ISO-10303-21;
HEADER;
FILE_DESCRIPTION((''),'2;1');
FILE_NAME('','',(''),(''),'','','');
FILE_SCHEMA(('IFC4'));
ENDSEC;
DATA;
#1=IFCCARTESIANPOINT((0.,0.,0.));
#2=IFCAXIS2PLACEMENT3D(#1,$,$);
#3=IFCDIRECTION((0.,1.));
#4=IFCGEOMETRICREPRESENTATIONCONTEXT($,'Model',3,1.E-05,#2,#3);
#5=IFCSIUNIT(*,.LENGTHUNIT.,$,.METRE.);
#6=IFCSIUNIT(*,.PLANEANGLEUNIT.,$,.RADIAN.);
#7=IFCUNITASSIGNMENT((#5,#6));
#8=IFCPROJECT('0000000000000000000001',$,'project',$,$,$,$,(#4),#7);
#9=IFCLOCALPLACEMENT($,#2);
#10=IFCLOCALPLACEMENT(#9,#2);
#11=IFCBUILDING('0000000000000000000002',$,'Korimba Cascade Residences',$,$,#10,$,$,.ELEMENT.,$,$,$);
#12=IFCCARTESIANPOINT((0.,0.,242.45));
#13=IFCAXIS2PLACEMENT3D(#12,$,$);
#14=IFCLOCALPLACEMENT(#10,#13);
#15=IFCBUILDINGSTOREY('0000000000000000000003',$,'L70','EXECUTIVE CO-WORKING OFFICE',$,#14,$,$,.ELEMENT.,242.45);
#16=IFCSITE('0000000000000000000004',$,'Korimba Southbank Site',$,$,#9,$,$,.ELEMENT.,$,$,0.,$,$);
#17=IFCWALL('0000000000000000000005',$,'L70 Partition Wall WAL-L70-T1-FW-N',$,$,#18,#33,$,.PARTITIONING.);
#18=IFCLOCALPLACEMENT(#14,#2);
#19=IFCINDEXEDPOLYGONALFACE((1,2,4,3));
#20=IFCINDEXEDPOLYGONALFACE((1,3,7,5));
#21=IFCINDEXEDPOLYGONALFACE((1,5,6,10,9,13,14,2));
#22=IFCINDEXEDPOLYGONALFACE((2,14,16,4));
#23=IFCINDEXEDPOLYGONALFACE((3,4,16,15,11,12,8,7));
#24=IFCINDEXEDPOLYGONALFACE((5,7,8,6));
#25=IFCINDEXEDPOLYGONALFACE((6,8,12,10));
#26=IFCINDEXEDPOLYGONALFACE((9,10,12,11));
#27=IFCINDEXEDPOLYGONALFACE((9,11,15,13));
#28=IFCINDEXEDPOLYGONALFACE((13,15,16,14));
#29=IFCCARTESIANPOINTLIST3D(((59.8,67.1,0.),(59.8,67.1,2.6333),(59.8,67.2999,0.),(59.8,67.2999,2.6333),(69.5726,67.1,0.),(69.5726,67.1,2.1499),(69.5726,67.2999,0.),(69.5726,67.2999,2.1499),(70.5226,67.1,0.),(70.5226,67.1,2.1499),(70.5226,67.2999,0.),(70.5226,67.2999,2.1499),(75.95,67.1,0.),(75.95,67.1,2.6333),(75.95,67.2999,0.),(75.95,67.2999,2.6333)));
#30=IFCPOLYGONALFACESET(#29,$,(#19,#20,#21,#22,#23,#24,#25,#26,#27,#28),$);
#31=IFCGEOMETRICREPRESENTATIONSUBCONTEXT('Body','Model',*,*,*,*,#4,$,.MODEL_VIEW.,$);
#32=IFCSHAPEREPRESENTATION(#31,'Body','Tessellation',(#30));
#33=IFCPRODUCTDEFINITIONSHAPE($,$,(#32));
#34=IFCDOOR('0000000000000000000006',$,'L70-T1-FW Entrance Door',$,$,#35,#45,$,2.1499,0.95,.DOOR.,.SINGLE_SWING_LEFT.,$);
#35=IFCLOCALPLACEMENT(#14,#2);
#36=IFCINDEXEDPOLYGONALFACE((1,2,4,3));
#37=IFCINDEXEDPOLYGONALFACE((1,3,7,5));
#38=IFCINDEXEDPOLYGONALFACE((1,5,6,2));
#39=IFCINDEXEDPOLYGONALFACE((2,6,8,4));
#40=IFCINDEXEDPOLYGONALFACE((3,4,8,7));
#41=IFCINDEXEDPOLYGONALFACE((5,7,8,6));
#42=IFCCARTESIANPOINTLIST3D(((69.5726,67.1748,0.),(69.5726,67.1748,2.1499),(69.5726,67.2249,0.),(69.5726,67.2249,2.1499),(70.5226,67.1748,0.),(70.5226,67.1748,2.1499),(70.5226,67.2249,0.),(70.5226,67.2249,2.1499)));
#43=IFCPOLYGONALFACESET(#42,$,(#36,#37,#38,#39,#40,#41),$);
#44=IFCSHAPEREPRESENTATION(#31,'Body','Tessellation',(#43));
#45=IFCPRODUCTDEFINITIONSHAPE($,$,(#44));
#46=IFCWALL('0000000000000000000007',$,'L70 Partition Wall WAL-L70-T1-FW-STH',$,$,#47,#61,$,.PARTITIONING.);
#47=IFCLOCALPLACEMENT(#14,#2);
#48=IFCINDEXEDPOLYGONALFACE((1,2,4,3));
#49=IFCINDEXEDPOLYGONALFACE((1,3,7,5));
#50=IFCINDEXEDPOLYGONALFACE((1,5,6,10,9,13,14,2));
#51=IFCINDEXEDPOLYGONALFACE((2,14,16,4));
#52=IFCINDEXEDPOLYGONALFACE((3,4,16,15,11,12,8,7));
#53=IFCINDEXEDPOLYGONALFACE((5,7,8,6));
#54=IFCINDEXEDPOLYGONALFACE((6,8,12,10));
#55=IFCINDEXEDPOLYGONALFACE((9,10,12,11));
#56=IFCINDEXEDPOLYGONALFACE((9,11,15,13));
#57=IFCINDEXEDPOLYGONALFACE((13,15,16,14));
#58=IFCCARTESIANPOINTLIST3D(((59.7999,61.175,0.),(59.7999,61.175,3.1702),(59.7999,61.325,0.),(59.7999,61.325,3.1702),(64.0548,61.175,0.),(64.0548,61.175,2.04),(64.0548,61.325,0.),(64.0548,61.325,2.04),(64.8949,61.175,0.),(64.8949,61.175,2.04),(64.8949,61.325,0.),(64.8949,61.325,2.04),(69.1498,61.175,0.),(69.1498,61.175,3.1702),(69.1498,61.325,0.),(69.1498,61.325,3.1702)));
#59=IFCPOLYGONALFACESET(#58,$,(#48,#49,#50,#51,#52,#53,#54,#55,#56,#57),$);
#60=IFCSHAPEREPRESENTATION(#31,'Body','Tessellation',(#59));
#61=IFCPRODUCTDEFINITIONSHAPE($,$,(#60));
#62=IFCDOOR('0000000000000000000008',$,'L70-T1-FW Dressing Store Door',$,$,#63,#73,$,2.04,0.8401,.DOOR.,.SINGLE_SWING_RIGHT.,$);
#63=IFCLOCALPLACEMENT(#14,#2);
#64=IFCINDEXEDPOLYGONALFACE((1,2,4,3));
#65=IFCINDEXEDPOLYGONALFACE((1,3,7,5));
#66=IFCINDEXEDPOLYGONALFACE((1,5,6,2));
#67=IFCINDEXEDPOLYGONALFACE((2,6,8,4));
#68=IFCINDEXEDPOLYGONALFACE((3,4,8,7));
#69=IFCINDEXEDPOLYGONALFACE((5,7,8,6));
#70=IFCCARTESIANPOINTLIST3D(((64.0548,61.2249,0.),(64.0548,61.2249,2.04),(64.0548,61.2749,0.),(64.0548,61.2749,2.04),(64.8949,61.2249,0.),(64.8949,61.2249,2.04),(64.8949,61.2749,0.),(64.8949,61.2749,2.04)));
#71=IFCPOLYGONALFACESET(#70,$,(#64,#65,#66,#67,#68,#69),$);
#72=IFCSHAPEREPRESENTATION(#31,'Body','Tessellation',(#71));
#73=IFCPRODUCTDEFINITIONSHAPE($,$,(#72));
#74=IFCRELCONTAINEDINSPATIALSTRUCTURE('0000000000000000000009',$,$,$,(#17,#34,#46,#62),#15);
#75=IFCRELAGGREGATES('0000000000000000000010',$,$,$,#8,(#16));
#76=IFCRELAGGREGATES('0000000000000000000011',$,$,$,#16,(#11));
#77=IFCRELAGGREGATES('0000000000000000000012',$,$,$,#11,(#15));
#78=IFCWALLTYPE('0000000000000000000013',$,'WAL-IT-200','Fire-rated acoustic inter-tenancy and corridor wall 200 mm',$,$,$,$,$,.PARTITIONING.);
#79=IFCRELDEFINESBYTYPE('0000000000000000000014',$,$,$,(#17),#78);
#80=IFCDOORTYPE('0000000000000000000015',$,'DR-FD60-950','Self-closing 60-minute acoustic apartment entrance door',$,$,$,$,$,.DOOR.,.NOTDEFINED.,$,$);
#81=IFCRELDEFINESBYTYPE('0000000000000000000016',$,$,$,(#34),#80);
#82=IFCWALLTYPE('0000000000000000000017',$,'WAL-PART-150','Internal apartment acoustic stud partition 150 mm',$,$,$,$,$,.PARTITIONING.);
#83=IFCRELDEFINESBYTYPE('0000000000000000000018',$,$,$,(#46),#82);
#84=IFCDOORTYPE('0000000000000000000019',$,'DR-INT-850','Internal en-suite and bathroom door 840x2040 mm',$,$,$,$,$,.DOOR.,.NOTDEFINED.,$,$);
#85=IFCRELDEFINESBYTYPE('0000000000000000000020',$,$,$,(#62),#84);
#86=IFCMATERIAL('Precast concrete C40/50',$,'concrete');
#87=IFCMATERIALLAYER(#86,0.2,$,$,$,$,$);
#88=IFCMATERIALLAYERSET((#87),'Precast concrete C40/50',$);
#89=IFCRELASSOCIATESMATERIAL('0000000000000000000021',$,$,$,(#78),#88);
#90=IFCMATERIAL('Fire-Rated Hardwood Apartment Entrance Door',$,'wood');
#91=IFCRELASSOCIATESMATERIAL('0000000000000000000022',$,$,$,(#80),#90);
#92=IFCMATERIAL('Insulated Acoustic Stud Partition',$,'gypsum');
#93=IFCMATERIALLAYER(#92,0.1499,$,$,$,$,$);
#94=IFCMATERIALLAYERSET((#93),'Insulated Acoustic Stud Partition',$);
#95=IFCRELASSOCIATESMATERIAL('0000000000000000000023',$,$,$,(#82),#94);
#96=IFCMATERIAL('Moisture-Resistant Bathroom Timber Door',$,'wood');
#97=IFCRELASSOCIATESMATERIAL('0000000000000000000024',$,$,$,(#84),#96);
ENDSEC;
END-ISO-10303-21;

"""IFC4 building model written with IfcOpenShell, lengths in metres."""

from ifc_helpers import new_model, si_unit, direction, frame, frame_2d, origin, place, context, subcontext, project, spatial, rectangle, extrude, material, layer, layer_set, type_object, element, fill, save


model = new_model("IFC4")

# Units and contexts
model_context = context("Model", 3, precision=1e-05, world=origin(), true_north=direction((0.0, 1.0)))
body_context = subcontext(model_context, "Body", "Model", "MODEL_VIEW")
ifc_project = project(units=[si_unit("LENGTHUNIT", "METRE"), si_unit("PLANEANGLEUNIT", "RADIAN")], contexts=[model_context])

# Site, building, storey
site_placement = place(None, origin())
site = spatial("IfcSite", under=ifc_project, at=site_placement, Name="Korimba Southbank Site", CompositionType="ELEMENT", RefElevation=0.0)
building_placement = place(site_placement, origin())
building = spatial("IfcBuilding", under=site, at=building_placement, Name="Korimba Cascade Residences", CompositionType="ELEMENT")
storey_placement = place(building_placement, frame((0.0, 0.0, 242.45)))
storey = spatial("IfcBuildingStorey", under=building, at=storey_placement, Name="L70", Description="EXECUTIVE CO-WORKING OFFICE", CompositionType="ELEMENT", Elevation=242.45)

# Shared definitions
ifc_material_1 = material(Name="Precast concrete C40/50", Category="concrete")

# Shared definitions
ifc_layer_1 = layer(ifc_material_1, 0.2)
ifc_layer_set_1 = layer_set([ifc_layer_1], Name="Precast concrete C40/50")
wall_type_1 = type_object("IfcWallType", Name="WAL-IT-200", Description="Fire-rated acoustic inter-tenancy and corridor wall 200 mm", PredefinedType="PARTITIONING", material=ifc_layer_set_1)

# Walls, openings, doors
wall_1_placement = place(storey_placement, frame((59.8, 67.2, 0.0), z_axis=(0.0, 0.0, 1.0), x_axis=(1.0, 0.0, 0.0)))
wall_1 = element("IfcWall", 1, at=wall_1_placement, inside=storey, type_object=wall_type_1, Name="L70 Partition Wall WAL-L70-T1-FW-N", PredefinedType="PARTITIONING", context=body_context, shape_type="SweptSolid", body=[
    extrude(rectangle(XDim=16.1499, YDim=0.2, at=frame_2d((8.075, 0.0))), origin(), (0.0, 0.0, 1.0), 2.6333),
])
opening_1_placement = place(wall_1_placement, frame((9.7725, 0.0, 0.0)))
opening_1 = element("IfcOpeningElement", 2, at=opening_1_placement, cuts=wall_1, PredefinedType="OPENING", context=body_context, shape_type="SweptSolid", body=[
    extrude(rectangle(XDim=0.95, YDim=2.1499, at=frame_2d((0.4751, 1.075))), frame((0.0, 0.1099, 0.0), z_axis=(0.0, -1.0, 0.0), x_axis=(1.0, 0.0, 0.0)), (0.0, 0.0, 1.0), 0.22),
])
ifc_material_2 = material(Name="Fire-Rated Hardwood Apartment Entrance Door", Category="wood")
door_type_1 = type_object("IfcDoorType", Name="DR-FD60-950", Description="Self-closing 60-minute acoustic apartment entrance door", OperationType="NOTDEFINED", PredefinedType="DOOR", material=ifc_material_2)
door_1_placement = place(opening_1_placement, origin())
door_1 = element("IfcDoor", 3, at=door_1_placement, inside=storey, type_object=door_type_1, Name="L70-T1-FW Entrance Door", OperationType="SINGLE_SWING_LEFT", OverallHeight=2.1499, OverallWidth=0.95, PredefinedType="DOOR", context=body_context, shape_type="SweptSolid", body=[
    extrude(rectangle(XDim=0.95, YDim=2.1499, at=frame_2d((0.4751, 1.075))), frame((0.0, 0.0249, 0.0), z_axis=(0.0, -1.0, 0.0), x_axis=(1.0, 0.0, 0.0)), (0.0, 0.0, 1.0), 0.05),
])
fill(opening_1, door_1)
ifc_material_3 = material(Name="Insulated Acoustic Stud Partition", Category="gypsum")
ifc_layer_2 = layer(ifc_material_3, 0.1499)
ifc_layer_set_2 = layer_set([ifc_layer_2], Name="Insulated Acoustic Stud Partition")
wall_type_2 = type_object("IfcWallType", Name="WAL-PART-150", Description="Internal apartment acoustic stud partition 150 mm", PredefinedType="PARTITIONING", material=ifc_layer_set_2)
wall_2_placement = place(storey_placement, frame((59.8, 61.25, 0.0), z_axis=(0.0, 0.0, 1.0), x_axis=(1.0, 0.0, 0.0)))
wall_2 = element("IfcWall", 4, at=wall_2_placement, inside=storey, type_object=wall_type_2, Name="L70 Partition Wall WAL-L70-T1-FW-STH", PredefinedType="PARTITIONING", context=body_context, shape_type="SweptSolid", body=[
    extrude(rectangle(XDim=9.3499, YDim=0.1499, at=frame_2d((4.6748, 0.0))), origin(), (0.0, 0.0, 1.0), 3.1702),
])
opening_2_placement = place(wall_2_placement, frame((4.2549, 0.0, 0.0)))
opening_2 = element("IfcOpeningElement", 5, at=opening_2_placement, cuts=wall_2, PredefinedType="OPENING", context=body_context, shape_type="SweptSolid", body=[
    extrude(rectangle(XDim=0.8401, YDim=2.04, at=frame_2d((0.4199, 1.02))), frame((0.0, 0.085, 0.0), z_axis=(0.0, -1.0, 0.0), x_axis=(1.0, 0.0, 0.0)), (0.0, 0.0, 1.0), 0.1699),
])
ifc_material_4 = material(Name="Moisture-Resistant Bathroom Timber Door", Category="wood")
door_type_2 = type_object("IfcDoorType", Name="DR-INT-850", Description="Internal en-suite and bathroom door 840x2040 mm", OperationType="NOTDEFINED", PredefinedType="DOOR", material=ifc_material_4)
door_2_placement = place(opening_2_placement, origin())
door_2 = element("IfcDoor", 6, at=door_2_placement, inside=storey, type_object=door_type_2, Name="L70-T1-FW Dressing Store Door", OperationType="SINGLE_SWING_RIGHT", OverallHeight=2.04, OverallWidth=0.8401, PredefinedType="DOOR", context=body_context, shape_type="SweptSolid", body=[
    extrude(rectangle(XDim=0.8401, YDim=2.04, at=frame_2d((0.4199, 1.02))), frame((0.0, 0.0249, 0.0), z_axis=(0.0, -1.0, 0.0), x_axis=(1.0, 0.0, 0.0)), (0.0, 0.0, 1.0), 0.05),
])
fill(opening_2, door_2)

save(model, "model.ifc")
